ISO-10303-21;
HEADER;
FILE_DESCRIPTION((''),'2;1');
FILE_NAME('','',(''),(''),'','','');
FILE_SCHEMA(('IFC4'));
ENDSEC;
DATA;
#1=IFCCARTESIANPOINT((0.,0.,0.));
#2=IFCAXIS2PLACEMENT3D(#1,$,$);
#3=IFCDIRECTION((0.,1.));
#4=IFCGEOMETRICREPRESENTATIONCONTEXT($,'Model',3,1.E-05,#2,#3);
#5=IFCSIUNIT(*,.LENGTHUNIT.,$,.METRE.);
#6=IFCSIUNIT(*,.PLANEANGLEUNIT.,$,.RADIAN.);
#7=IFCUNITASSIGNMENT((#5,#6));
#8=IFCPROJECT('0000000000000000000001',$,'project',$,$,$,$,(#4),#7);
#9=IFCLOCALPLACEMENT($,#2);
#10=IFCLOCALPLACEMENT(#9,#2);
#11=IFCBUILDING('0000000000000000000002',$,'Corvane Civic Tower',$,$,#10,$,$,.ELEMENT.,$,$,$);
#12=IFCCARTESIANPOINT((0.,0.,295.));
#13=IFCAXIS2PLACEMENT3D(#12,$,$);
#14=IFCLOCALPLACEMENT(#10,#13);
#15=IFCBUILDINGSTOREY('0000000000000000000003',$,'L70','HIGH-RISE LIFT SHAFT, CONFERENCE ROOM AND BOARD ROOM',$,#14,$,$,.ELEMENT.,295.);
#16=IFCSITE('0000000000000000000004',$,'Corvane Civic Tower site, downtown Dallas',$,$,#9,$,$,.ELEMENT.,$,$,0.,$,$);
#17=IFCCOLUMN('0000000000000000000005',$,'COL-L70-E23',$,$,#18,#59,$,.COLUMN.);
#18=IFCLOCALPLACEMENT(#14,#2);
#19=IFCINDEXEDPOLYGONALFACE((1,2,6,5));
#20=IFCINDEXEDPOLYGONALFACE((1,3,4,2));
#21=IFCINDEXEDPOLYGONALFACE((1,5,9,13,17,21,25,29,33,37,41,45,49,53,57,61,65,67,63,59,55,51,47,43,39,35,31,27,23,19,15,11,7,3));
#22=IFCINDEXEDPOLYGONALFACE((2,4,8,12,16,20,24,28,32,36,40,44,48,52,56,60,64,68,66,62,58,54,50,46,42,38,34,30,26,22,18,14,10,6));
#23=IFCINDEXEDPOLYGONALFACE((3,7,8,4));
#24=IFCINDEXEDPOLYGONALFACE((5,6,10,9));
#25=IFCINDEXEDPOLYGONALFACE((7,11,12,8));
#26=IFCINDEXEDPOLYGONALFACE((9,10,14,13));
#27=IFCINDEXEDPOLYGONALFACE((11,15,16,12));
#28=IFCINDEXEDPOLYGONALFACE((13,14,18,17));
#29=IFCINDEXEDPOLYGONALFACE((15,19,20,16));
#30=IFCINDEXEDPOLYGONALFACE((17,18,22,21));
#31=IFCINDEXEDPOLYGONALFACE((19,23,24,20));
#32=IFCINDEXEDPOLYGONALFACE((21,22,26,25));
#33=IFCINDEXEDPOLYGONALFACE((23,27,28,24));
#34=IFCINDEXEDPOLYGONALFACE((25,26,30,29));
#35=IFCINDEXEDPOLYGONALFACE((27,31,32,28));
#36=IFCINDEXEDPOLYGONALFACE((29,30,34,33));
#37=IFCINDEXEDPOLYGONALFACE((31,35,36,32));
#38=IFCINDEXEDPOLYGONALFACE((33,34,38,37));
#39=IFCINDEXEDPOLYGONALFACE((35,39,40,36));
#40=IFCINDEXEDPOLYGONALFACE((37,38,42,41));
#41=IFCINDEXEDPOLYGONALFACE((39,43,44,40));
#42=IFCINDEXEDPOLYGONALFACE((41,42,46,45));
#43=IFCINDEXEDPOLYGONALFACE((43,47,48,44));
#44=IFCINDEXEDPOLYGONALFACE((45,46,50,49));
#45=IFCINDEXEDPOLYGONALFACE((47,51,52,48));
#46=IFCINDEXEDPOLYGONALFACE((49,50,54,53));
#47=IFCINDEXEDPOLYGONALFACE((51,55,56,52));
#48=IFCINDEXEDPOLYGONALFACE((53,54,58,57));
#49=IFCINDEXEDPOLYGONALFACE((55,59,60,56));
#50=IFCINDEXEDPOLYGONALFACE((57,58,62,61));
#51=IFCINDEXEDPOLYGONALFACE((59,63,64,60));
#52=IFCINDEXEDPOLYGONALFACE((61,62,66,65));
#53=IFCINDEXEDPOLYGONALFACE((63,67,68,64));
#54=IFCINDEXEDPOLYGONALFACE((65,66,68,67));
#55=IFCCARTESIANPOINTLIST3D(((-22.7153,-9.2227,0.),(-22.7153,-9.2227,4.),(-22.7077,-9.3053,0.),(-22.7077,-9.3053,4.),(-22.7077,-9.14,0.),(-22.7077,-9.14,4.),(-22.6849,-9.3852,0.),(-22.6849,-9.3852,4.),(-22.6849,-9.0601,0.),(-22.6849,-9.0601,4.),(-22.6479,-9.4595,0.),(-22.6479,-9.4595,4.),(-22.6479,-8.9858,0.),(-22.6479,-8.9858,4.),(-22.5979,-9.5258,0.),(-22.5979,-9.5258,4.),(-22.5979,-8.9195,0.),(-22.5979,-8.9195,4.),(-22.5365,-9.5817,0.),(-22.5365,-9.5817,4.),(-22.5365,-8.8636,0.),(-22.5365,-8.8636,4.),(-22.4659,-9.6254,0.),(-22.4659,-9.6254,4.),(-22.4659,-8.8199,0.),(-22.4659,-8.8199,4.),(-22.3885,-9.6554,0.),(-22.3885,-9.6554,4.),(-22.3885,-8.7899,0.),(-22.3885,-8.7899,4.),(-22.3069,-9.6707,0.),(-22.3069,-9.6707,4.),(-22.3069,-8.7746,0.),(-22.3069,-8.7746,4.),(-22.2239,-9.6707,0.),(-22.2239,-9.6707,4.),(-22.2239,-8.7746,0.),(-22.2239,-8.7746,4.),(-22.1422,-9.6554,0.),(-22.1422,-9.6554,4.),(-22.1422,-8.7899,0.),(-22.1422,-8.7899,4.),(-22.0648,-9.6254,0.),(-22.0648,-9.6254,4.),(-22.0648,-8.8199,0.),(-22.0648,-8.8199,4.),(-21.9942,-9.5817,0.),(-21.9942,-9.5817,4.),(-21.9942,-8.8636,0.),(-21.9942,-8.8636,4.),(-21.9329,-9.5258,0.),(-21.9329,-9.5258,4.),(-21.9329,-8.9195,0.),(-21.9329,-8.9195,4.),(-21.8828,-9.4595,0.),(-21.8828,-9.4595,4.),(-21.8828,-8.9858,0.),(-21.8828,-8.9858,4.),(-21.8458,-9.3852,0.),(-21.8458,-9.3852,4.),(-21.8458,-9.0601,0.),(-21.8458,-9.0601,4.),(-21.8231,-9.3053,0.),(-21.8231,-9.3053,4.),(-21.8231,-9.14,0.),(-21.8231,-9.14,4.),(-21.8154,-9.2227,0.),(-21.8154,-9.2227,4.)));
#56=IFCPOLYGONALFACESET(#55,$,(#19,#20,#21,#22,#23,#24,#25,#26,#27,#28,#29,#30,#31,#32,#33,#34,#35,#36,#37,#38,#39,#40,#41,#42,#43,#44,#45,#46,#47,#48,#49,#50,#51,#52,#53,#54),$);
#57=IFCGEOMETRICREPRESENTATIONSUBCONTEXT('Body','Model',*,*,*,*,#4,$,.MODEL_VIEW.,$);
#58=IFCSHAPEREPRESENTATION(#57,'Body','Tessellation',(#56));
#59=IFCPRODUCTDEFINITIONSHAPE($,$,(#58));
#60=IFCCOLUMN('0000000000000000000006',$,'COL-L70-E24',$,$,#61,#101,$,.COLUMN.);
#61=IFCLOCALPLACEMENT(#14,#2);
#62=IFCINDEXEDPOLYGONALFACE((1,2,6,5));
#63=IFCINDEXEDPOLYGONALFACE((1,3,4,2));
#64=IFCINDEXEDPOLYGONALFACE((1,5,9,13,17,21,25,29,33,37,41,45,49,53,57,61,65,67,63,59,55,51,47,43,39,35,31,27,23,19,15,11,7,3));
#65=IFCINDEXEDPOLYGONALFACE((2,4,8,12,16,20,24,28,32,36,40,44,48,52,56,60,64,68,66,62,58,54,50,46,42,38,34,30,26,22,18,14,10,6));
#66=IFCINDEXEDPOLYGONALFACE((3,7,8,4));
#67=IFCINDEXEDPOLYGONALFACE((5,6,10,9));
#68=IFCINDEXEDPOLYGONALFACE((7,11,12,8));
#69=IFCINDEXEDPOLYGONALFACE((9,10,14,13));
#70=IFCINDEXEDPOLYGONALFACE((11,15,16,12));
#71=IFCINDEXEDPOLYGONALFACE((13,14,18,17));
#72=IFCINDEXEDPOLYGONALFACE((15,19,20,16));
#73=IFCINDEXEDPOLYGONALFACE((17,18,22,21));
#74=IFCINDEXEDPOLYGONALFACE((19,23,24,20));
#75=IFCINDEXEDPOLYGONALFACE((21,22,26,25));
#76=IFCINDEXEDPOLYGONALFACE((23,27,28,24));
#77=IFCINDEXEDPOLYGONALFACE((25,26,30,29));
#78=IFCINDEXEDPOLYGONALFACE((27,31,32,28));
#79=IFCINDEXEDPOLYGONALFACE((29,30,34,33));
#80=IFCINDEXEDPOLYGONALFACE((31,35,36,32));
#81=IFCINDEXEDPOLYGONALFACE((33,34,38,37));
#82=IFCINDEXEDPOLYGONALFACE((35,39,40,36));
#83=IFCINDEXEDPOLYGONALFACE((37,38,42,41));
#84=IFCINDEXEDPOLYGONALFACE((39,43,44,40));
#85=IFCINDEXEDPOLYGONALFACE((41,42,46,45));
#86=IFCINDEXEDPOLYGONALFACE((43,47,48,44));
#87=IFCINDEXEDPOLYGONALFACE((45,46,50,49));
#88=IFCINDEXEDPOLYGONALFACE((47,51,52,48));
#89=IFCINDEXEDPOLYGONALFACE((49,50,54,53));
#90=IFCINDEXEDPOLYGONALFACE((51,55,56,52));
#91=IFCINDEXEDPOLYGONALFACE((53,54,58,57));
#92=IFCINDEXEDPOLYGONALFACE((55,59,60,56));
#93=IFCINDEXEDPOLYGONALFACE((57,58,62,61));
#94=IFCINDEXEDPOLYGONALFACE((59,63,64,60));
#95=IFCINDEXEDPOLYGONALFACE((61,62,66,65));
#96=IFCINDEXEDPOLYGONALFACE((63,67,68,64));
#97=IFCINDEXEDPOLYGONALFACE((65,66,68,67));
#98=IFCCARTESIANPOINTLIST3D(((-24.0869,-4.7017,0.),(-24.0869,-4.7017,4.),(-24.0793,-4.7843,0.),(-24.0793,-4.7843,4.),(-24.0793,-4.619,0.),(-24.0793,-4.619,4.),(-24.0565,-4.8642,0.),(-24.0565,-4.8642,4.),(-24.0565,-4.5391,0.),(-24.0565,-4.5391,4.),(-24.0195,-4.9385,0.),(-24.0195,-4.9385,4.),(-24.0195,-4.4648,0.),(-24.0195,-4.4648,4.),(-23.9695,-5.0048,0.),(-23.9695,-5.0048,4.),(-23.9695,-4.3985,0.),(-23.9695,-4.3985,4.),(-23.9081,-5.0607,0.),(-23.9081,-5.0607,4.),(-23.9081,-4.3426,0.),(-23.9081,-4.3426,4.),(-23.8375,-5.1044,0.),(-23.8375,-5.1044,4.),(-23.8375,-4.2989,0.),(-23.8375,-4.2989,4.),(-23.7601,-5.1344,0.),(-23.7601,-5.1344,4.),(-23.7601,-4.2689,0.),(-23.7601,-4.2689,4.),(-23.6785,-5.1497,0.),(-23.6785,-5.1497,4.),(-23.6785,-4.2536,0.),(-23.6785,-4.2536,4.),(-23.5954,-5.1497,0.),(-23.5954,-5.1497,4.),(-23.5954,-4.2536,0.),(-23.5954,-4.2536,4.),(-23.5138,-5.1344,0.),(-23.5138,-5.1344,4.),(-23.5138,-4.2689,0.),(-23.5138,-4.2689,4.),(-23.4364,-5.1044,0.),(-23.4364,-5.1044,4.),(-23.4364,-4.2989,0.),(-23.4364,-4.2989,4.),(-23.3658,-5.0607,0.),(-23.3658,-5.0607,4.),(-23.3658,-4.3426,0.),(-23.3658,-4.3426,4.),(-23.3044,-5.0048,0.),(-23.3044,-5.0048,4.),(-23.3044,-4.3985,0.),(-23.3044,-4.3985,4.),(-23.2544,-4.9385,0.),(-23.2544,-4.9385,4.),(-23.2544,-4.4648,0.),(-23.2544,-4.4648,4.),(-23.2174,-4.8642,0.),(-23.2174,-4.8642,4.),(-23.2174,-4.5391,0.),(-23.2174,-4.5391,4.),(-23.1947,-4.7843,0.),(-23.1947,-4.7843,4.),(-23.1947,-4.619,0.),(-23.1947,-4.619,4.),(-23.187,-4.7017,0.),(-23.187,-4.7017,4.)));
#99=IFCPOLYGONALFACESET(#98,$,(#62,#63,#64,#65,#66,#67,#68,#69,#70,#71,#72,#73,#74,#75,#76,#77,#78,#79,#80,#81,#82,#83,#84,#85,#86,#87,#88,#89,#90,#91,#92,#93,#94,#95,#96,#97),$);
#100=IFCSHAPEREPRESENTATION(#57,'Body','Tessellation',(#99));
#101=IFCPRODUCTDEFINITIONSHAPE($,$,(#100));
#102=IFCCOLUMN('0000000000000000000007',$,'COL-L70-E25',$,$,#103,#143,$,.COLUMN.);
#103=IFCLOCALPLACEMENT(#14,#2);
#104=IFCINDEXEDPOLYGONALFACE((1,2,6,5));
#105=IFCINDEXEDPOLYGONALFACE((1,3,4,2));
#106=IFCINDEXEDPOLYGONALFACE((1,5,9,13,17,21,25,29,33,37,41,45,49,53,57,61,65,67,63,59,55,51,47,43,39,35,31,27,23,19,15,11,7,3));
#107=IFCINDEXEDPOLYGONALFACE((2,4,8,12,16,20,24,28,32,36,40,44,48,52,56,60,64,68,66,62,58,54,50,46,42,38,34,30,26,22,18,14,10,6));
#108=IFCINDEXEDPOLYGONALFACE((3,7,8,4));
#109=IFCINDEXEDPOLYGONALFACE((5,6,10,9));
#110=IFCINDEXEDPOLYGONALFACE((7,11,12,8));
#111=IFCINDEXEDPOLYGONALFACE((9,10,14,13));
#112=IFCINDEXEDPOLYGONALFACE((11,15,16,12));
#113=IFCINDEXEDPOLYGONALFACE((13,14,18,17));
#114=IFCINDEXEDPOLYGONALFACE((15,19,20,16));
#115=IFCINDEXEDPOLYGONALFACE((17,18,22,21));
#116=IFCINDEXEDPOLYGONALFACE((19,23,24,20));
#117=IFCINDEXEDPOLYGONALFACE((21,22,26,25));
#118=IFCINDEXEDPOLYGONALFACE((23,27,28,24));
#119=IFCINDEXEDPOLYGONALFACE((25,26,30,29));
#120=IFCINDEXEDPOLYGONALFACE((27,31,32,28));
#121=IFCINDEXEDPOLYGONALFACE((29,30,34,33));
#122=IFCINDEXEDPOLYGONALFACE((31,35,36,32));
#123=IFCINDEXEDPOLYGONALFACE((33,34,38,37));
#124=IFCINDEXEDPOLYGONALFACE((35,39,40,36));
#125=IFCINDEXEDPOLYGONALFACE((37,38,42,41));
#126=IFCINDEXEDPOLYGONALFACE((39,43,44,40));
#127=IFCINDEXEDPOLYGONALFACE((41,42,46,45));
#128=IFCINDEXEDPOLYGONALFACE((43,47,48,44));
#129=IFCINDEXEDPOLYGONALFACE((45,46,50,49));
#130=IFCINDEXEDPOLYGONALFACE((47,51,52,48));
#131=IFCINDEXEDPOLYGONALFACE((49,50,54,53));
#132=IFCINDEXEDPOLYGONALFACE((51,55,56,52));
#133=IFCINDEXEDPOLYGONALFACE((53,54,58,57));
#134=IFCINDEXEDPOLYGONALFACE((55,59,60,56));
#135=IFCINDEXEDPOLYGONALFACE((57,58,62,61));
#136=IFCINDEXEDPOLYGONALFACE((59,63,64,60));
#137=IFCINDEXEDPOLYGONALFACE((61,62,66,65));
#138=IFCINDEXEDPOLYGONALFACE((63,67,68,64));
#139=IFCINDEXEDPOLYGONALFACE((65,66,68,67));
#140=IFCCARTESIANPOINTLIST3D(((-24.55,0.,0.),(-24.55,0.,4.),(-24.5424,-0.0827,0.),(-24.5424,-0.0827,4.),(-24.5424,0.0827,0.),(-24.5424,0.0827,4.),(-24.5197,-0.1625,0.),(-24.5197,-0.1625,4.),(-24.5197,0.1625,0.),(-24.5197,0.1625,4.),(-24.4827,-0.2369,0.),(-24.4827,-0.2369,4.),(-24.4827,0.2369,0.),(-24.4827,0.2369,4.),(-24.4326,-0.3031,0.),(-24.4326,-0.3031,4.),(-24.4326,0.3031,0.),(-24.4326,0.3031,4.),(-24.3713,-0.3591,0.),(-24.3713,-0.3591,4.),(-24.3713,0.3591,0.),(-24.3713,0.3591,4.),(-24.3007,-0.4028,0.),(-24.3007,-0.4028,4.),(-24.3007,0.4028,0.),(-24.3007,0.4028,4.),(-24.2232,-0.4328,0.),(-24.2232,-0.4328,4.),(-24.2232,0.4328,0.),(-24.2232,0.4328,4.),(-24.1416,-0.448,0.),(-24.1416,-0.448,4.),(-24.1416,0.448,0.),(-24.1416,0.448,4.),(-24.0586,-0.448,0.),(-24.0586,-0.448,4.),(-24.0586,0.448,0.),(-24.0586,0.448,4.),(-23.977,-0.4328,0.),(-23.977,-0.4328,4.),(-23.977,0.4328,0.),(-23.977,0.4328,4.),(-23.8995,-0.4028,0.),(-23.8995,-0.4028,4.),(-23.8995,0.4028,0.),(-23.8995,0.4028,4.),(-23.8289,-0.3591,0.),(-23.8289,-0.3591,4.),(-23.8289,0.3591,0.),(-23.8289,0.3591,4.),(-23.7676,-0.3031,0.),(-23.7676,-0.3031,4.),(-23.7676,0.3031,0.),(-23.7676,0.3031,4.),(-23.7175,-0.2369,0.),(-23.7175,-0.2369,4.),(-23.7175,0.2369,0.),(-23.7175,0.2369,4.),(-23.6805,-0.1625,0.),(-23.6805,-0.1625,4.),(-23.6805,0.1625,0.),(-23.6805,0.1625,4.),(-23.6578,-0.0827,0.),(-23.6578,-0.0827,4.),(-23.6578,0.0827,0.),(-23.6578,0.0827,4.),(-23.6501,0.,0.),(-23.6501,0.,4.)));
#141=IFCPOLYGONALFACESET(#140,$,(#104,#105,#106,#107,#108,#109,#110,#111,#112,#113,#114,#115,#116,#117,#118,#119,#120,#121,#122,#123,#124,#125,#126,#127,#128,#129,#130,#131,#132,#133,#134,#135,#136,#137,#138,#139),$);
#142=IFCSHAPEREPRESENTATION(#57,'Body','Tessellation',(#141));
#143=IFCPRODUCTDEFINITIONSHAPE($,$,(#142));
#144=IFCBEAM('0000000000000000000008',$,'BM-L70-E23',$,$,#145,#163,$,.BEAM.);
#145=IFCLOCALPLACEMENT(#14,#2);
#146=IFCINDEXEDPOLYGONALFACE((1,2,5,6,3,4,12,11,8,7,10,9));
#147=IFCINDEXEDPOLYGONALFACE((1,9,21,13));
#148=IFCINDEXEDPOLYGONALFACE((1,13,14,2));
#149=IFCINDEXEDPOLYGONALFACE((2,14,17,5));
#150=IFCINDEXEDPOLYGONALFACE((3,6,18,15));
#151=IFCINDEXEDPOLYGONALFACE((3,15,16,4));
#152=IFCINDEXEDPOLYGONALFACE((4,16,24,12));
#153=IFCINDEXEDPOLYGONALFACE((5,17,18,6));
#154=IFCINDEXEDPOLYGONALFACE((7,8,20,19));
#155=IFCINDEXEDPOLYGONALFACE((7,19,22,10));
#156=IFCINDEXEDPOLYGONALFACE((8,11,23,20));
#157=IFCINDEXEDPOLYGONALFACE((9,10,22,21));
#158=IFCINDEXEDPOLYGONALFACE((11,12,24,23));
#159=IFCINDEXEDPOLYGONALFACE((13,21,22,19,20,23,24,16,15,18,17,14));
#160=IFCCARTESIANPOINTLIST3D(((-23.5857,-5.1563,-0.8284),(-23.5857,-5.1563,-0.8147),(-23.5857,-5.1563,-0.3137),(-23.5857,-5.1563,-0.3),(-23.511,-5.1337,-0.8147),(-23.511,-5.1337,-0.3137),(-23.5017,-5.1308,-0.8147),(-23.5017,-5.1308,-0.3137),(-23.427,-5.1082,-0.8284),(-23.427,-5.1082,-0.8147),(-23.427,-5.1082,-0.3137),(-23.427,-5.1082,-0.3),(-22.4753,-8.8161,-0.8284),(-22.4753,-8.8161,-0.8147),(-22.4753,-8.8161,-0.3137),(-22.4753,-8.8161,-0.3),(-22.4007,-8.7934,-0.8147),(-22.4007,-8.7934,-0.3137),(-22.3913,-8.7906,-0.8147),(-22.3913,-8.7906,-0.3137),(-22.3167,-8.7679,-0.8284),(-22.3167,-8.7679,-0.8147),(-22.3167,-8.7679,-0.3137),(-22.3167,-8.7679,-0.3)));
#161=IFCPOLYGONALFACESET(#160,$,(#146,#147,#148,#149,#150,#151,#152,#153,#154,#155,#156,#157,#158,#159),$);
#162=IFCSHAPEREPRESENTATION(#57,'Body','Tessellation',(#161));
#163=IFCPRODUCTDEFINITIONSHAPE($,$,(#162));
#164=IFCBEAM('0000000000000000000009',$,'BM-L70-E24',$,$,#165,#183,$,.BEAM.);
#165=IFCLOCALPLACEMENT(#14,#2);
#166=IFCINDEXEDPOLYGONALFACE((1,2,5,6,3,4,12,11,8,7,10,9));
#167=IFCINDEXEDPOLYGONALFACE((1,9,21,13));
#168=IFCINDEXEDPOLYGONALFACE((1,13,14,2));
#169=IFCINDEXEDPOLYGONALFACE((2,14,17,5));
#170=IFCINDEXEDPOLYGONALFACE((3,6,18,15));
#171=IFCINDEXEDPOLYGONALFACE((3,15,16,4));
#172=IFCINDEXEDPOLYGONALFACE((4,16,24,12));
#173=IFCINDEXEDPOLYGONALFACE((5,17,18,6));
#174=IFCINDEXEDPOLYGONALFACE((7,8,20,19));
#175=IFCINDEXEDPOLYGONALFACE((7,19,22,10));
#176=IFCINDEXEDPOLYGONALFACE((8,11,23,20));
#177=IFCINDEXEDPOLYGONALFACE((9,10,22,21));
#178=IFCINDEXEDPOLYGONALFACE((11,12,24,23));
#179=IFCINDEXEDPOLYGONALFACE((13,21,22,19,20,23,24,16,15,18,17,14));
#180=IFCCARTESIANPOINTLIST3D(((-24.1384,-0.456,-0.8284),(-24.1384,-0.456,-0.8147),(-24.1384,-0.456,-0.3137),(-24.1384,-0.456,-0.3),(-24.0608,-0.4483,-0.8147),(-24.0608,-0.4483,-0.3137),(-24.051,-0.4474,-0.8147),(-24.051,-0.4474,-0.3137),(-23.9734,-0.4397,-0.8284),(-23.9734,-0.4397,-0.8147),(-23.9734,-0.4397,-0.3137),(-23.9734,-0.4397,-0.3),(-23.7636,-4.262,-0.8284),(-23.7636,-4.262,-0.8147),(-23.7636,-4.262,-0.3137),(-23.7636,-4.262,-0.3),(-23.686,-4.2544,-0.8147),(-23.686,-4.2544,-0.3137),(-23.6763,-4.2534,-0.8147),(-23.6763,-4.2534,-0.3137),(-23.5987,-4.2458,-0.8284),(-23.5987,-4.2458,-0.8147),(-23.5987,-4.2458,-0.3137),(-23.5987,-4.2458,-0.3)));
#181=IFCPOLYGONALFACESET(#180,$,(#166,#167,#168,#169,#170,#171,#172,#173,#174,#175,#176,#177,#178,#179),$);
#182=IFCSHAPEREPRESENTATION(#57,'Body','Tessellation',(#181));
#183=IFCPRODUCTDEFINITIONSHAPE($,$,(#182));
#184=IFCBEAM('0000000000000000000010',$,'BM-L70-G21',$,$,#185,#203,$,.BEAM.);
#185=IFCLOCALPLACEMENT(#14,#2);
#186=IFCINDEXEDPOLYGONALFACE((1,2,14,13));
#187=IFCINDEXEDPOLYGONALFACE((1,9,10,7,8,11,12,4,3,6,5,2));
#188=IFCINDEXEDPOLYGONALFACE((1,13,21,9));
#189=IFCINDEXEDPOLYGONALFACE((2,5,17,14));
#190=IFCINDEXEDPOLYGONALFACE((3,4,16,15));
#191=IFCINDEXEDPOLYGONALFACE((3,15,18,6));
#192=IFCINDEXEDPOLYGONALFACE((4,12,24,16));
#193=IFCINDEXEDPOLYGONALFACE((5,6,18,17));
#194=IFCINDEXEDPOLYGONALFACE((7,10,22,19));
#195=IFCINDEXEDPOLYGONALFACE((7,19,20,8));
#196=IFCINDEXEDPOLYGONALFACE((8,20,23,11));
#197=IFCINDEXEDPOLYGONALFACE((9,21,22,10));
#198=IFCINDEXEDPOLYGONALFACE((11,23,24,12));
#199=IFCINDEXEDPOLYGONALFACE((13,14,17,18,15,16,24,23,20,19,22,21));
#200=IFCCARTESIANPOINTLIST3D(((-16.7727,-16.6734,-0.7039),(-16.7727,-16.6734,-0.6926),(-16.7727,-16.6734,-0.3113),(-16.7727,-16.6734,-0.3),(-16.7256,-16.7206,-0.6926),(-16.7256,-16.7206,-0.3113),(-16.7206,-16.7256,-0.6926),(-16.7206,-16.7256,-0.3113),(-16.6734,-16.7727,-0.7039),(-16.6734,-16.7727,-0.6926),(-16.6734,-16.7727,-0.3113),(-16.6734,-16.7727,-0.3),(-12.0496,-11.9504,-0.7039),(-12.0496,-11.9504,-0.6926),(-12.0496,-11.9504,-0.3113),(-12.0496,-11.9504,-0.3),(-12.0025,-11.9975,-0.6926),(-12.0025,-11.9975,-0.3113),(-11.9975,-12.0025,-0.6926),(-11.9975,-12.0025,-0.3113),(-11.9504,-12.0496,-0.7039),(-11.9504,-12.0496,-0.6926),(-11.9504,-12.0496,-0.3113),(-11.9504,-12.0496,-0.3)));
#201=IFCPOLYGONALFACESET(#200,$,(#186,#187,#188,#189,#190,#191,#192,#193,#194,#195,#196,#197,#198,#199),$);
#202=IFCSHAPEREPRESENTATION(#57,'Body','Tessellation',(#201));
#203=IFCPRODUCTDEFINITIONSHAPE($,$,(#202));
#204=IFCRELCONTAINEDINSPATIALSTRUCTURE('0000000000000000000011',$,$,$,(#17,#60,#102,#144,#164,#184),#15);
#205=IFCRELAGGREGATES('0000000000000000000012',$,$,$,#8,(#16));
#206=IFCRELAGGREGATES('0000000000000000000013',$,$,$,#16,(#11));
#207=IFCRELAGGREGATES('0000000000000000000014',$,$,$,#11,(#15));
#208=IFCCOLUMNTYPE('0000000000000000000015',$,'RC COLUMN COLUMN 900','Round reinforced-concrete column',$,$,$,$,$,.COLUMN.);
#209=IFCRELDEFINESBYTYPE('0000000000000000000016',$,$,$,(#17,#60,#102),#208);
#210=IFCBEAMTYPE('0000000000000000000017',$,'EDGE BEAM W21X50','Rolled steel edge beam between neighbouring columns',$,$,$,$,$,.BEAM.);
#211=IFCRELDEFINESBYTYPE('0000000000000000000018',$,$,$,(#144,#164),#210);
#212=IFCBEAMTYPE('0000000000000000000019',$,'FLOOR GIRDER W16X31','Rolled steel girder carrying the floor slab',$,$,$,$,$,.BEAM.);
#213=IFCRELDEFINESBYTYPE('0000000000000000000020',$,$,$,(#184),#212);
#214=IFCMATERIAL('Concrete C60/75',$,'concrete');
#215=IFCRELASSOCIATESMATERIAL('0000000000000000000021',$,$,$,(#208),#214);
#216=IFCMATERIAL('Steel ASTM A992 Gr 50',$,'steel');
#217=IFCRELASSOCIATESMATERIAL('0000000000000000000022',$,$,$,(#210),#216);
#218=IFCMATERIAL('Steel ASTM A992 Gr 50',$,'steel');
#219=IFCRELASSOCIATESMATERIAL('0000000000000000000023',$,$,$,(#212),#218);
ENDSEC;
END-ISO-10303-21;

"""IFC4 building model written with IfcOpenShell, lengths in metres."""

from ifc_helpers import new_model, si_unit, direction, frame, origin, origin_2d, place, context, subcontext, project, spatial, circle, i_section, extrude, material, material_profile, profile_set, type_object, element, save


model = new_model("IFC4")

# Units and contexts
model_context = context("Model", 3, precision=1e-05, world=origin(), true_north=direction((0.0, 1.0)))
body_context = subcontext(model_context, "Body", "Model", "MODEL_VIEW")
ifc_project = project(units=[si_unit("LENGTHUNIT", "METRE"), si_unit("PLANEANGLEUNIT", "RADIAN")], contexts=[model_context])

# Site, building, storey
site_placement = place(None, origin())
site = spatial("IfcSite", under=ifc_project, at=site_placement, Name="Corvane Civic Tower site, downtown Dallas", CompositionType="ELEMENT", RefElevation=0.0)
building_placement = place(site_placement, origin())
building = spatial("IfcBuilding", under=site, at=building_placement, Name="Corvane Civic Tower", CompositionType="ELEMENT")
storey_placement = place(building_placement, frame((0.0, 0.0, 295.0)))
storey = spatial("IfcBuildingStorey", under=building, at=storey_placement, Name="L70", Description="HIGH-RISE LIFT SHAFT, CONFERENCE ROOM AND BOARD ROOM", CompositionType="ELEMENT", Elevation=295.0)

# Columns
ifc_material_1 = material(Name="Concrete C60/75", Category="concrete")
ifc_material_profile_1 = material_profile(ifc_material_1, circle(Radius=0.45, at=origin_2d()), Name="COLUMN 900")
ifc_profile_set_1 = profile_set([ifc_material_profile_1], Name="Concrete C60/75")
column_type = type_object("IfcColumnType", Name="RC COLUMN COLUMN 900", Description="Round reinforced-concrete column", PredefinedType="COLUMN", material=ifc_profile_set_1)
for number, where, z_axis, x_axis, name in (
    (1, (-22.2654, -9.2227, 0.0), (0.0, 0.0, 1.0), (1.0, 0.0, 0.0), "COL-L70-E23"),
    (2, (-23.637, -4.7017, 0.0), (0.0, 0.0, 1.0), (1.0, 0.0, 0.0), "COL-L70-E24"),
    (3, (-24.1001, 0.0, 0.0), (0.0, 0.0, 1.0), (1.0, 0.0, 0.0), "COL-L70-E25"),
):
    element("IfcColumn", number, at=place(storey_placement, frame(where, z_axis=z_axis, x_axis=x_axis)), inside=storey, type_object=column_type, Name=name, PredefinedType="COLUMN", context=body_context, shape_type="SweptSolid", body=[
        extrude(circle(Radius=0.45, at=origin_2d()), origin(), (0.0, 0.0, 1.0), 4.0),
    ])

# Beams
ifc_material_2 = material(Name="Steel ASTM A992 Gr 50", Category="steel")
ifc_material_profile_2 = material_profile(ifc_material_2, i_section(OverallWidth=0.1658, OverallDepth=0.5283, WebThickness=0.0098, FlangeThickness=0.0137, at=origin_2d()), Name="W21X50")
ifc_profile_set_2 = profile_set([ifc_material_profile_2], Name="Steel ASTM A992 Gr 50")
beam_type_1 = type_object("IfcBeamType", Name="EDGE BEAM W21X50", Description="Rolled steel edge beam between neighbouring columns", PredefinedType="BEAM", material=ifc_profile_set_2)
for number, where, z_axis, x_axis, name in (
    (4, (-22.396, -8.792, -0.5642), (-0.290333, 0.956926, 0.0), (-0.956926, -0.290333, 0.0), "BM-L70-E23"),
    (5, (-23.6812, -4.2539, -0.5642), (-0.097987, 0.995188, 0.0), (-0.995188, -0.097987, 0.0), "BM-L70-E24"),
):
    element("IfcBeam", number, at=place(storey_placement, frame(where, z_axis=z_axis, x_axis=x_axis)), inside=storey, type_object=beam_type_1, Name=name, PredefinedType="BEAM", context=body_context, shape_type="SweptSolid", body=[
        extrude(i_section(OverallWidth=0.1658, OverallDepth=0.5283, WebThickness=0.0098, FlangeThickness=0.0137, at=origin_2d()), origin(), (0.0, 0.0, 1.0), 3.8245),
    ])
ifc_material_3 = material(Name="Steel ASTM A992 Gr 50", Category="steel")
ifc_material_profile_3 = material_profile(ifc_material_3, i_section(OverallWidth=0.1404, OverallDepth=0.4038, WebThickness=0.0071, FlangeThickness=0.0112, at=origin_2d()), Name="W16X31")
ifc_profile_set_3 = profile_set([ifc_material_profile_3], Name="Steel ASTM A992 Gr 50")
beam_type_2 = type_object("IfcBeamType", Name="FLOOR GIRDER W16X31", Description="Rolled steel girder carrying the floor slab", PredefinedType="BEAM", material=ifc_profile_set_3)
beam_placement = place(storey_placement, frame((-12.0, -12.0, -0.502), z_axis=(-0.707107, -0.707107, 0.0), x_axis=(0.707107, -0.707107, 0.0)))
element("IfcBeam", 6, at=beam_placement, inside=storey, type_object=beam_type_2, Name="BM-L70-G21", PredefinedType="BEAM", context=body_context, shape_type="SweptSolid", body=[
    extrude(i_section(OverallWidth=0.1404, OverallDepth=0.4038, WebThickness=0.0071, FlangeThickness=0.0112, at=origin_2d()), origin(), (0.0, 0.0, 1.0), 6.6794),
])

save(model, "model.ifc")
